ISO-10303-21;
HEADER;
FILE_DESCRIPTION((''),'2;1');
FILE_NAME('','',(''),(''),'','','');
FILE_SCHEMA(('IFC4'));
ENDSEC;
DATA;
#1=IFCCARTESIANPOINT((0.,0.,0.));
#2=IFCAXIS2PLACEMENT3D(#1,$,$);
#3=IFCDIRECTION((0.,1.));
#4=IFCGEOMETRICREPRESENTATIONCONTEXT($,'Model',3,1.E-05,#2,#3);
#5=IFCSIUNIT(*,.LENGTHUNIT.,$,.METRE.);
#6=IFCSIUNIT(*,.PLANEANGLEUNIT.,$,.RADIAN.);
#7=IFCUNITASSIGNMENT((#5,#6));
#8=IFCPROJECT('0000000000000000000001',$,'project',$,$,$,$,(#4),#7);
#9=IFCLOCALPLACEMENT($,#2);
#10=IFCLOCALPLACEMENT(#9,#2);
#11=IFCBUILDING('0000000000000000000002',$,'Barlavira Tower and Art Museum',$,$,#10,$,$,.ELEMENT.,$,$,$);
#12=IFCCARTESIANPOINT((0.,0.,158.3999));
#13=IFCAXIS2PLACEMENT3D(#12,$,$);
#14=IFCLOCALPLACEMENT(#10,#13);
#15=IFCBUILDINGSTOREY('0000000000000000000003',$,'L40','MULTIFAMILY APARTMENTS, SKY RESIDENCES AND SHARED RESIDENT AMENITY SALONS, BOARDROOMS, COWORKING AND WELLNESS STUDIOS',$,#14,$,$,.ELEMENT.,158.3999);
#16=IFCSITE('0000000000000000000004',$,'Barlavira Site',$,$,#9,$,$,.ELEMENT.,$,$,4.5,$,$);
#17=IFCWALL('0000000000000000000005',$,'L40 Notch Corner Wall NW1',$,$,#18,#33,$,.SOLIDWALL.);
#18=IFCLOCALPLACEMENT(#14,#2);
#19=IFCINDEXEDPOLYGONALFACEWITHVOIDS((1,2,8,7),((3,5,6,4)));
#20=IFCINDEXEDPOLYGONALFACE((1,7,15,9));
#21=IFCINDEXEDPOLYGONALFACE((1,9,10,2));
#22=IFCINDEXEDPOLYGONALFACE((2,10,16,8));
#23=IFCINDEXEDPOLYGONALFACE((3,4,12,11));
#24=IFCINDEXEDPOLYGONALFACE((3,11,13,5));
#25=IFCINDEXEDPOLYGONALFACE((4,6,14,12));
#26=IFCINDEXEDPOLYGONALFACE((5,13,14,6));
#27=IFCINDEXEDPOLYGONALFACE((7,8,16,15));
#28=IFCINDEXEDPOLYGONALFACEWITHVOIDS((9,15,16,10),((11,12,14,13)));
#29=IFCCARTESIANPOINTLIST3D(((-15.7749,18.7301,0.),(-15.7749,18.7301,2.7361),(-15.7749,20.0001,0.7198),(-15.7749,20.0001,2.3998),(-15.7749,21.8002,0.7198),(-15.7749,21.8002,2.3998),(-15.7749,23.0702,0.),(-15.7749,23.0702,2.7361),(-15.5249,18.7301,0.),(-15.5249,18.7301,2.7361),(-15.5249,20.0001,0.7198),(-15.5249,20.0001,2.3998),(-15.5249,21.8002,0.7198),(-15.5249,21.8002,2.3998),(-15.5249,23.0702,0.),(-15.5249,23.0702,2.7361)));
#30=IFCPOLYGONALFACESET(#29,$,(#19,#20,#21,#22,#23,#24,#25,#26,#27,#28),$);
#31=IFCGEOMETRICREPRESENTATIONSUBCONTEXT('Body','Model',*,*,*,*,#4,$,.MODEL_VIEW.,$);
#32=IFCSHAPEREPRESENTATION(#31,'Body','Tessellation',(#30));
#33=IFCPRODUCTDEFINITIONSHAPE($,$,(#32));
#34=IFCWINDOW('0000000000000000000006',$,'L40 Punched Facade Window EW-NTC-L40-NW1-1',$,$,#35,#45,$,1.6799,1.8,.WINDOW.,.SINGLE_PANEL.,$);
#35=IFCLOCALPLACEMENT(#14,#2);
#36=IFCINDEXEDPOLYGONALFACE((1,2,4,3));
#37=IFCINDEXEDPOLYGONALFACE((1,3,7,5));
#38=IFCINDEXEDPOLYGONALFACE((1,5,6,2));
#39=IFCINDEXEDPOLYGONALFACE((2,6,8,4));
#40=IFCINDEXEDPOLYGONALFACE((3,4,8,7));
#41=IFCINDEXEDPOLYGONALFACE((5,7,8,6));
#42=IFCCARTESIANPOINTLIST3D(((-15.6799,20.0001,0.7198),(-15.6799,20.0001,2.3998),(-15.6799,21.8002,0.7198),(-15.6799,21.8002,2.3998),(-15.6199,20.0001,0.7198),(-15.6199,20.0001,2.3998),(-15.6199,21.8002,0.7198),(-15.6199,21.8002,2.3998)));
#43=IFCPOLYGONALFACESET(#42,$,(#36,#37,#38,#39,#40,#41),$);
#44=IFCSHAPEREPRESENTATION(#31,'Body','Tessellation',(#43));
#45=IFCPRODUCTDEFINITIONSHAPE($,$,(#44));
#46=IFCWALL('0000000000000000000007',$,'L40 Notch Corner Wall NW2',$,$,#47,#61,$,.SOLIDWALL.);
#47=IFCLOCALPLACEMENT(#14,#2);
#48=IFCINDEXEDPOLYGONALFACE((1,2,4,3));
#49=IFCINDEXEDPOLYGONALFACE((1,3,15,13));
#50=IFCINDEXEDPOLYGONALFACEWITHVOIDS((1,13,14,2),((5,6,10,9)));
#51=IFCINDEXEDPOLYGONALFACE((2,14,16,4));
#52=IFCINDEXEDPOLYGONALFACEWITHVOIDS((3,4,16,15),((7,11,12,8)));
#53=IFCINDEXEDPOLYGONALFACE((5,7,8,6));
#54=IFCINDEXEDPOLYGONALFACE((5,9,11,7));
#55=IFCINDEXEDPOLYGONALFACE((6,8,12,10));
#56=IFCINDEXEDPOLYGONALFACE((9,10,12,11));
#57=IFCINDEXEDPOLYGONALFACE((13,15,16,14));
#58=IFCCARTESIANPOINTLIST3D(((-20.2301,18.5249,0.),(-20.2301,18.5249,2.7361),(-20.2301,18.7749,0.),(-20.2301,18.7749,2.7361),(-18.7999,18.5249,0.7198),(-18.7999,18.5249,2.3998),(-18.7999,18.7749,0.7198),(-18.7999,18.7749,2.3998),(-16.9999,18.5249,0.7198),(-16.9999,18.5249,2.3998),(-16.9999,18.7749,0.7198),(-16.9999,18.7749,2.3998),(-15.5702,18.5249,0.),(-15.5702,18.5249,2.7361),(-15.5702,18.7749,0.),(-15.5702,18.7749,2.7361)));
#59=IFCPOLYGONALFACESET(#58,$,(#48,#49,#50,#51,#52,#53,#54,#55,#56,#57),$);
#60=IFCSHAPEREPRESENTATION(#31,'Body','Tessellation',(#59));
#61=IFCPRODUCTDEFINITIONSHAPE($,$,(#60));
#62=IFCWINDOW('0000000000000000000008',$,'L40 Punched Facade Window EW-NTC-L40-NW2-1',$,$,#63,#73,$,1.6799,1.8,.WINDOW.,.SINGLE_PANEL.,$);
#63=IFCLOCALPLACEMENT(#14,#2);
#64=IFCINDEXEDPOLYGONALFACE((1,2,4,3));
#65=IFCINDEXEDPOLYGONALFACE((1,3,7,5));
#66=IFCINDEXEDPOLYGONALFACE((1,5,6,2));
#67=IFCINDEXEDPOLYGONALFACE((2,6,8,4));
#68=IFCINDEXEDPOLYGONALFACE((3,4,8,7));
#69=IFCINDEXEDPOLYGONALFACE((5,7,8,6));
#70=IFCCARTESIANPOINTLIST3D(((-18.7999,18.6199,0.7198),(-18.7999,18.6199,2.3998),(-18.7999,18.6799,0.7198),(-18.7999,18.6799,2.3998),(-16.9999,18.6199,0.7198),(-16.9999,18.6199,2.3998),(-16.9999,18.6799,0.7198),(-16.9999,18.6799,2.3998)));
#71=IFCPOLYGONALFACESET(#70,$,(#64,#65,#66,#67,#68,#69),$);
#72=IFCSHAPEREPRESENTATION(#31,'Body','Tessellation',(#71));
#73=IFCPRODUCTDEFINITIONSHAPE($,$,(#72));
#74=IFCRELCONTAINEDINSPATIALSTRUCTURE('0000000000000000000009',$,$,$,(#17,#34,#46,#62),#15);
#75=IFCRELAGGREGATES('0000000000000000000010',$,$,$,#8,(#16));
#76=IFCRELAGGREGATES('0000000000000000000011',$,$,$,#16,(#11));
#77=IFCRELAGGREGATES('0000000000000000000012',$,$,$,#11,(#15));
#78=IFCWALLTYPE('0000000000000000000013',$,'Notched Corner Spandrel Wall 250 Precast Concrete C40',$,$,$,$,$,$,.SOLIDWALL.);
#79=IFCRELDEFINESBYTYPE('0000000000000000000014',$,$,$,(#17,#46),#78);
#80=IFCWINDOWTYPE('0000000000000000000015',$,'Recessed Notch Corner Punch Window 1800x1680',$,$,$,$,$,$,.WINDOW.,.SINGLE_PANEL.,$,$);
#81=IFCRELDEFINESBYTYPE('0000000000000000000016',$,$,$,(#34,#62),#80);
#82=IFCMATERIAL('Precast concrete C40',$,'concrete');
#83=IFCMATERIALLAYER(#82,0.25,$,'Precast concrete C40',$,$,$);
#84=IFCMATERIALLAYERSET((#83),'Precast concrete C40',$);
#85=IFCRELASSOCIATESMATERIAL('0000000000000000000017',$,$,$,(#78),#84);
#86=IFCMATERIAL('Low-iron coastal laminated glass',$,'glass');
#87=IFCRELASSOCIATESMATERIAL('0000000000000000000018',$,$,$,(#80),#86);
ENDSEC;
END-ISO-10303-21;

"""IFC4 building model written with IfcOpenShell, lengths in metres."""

from ifc_helpers import new_model, si_unit, direction, frame, frame_2d, origin, place, context, subcontext, project, spatial, rectangle, extrude, material, layer, layer_set, type_object, element, fill, save


model = new_model("IFC4")

# Units and contexts
model_context = context("Model", 3, precision=1e-05, world=origin(), true_north=direction((0.0, 1.0)))
body_context = subcontext(model_context, "Body", "Model", "MODEL_VIEW")
ifc_project = project(units=[si_unit("LENGTHUNIT", "METRE"), si_unit("PLANEANGLEUNIT", "RADIAN")], contexts=[model_context])

# Site, building, storey
site_placement = place(None, origin())
site = spatial("IfcSite", under=ifc_project, at=site_placement, Name="Barlavira Site", CompositionType="ELEMENT", RefElevation=4.5)
building_placement = place(site_placement, origin())
building = spatial("IfcBuilding", under=site, at=building_placement, Name="Barlavira Tower and Art Museum", CompositionType="ELEMENT")
storey_placement = place(building_placement, frame((0.0, 0.0, 158.3999)))
storey = spatial("IfcBuildingStorey", under=building, at=storey_placement, Name="L40", Description="MULTIFAMILY APARTMENTS, SKY RESIDENCES AND SHARED RESIDENT AMENITY SALONS, BOARDROOMS, COWORKING AND WELLNESS STUDIOS", CompositionType="ELEMENT", Elevation=158.3999)

# Walls, openings, windows
ifc_material_1 = material(Name="Precast concrete C40", Category="concrete")
ifc_layer_1 = layer(ifc_material_1, 0.25, Name="Precast concrete C40")
ifc_layer_set_1 = layer_set([ifc_layer_1], Name="Precast concrete C40")
wall_type_1 = type_object("IfcWallType", Name="Notched Corner Spandrel Wall 250 Precast Concrete C40", PredefinedType="SOLIDWALL", material=ifc_layer_set_1)
ifc_material_2 = material(Name="Low-iron coastal laminated glass", Category="glass")
window_type = type_object("IfcWindowType", Name="Recessed Notch Corner Punch Window 1800x1680", PartitioningType="SINGLE_PANEL", PredefinedType="WINDOW", material=ifc_material_2)
wall_1_placement = place(storey_placement, frame((-15.6499, 23.0701, 0.0), z_axis=(0.0, 0.0, 1.0), x_axis=(0.0, -1.0, 0.0)))
wall_1 = element("IfcWall", 1, at=wall_1_placement, inside=storey, type_object=wall_type_1, Name="L40 Notch Corner Wall NW1", PredefinedType="SOLIDWALL", context=body_context, shape_type="SweptSolid", body=[
    extrude(rectangle(XDim=4.3401, YDim=0.25, at=frame_2d((2.1699, 0.0))), origin(), (0.0, 0.0, 1.0), 2.7361),
])
opening_1_placement = place(wall_1_placement, frame((1.27, 0.0, 0.72)))
opening_1 = element("IfcOpeningElement", 2, at=opening_1_placement, cuts=wall_1, PredefinedType="OPENING", context=body_context, shape_type="SweptSolid", body=[
    extrude(rectangle(XDim=1.8, YDim=1.6799, at=frame_2d((0.8999, 0.8398))), frame((0.0, 0.135, 0.0), z_axis=(0.0, -1.0, 0.0), x_axis=(1.0, 0.0, 0.0)), (0.0, 0.0, 1.0), 0.27),
])
window_1_placement = place(opening_1_placement, origin())
window_1 = element("IfcWindow", 3, at=window_1_placement, inside=storey, type_object=window_type, Name="L40 Punched Facade Window EW-NTC-L40-NW1-1", OverallHeight=1.6799, OverallWidth=1.8, PartitioningType="SINGLE_PANEL", PredefinedType="WINDOW", context=body_context, shape_type="SweptSolid", body=[
    extrude(rectangle(XDim=1.8, YDim=1.6799, at=frame_2d((0.8999, 0.8398))), frame((0.0, 0.03, 0.0), z_axis=(0.0, -1.0, 0.0), x_axis=(1.0, 0.0, 0.0)), (0.0, 0.0, 1.0), 0.0601),
])
fill(opening_1, window_1)
wall_2_placement = place(storey_placement, frame((-15.5701, 18.6499, 0.0), z_axis=(0.0, 0.0, 1.0), x_axis=(-1.0, 0.0, 0.0)))
wall_2 = element("IfcWall", 4, at=wall_2_placement, inside=storey, type_object=wall_type_1, Name="L40 Notch Corner Wall NW2", PredefinedType="SOLIDWALL", context=body_context, shape_type="SweptSolid", body=[
    extrude(rectangle(XDim=4.6599, YDim=0.25, at=frame_2d((2.3301, 0.0))), origin(), (0.0, 0.0, 1.0), 2.7361),
])
opening_2_placement = place(wall_2_placement, frame((1.4299, 0.0, 0.72)))
opening_2 = element("IfcOpeningElement", 5, at=opening_2_placement, cuts=wall_2, PredefinedType="OPENING", context=body_context, shape_type="SweptSolid", body=[
    extrude(rectangle(XDim=1.8, YDim=1.6799, at=frame_2d((0.8999, 0.8398))), frame((0.0, 0.135, 0.0), z_axis=(0.0, -1.0, 0.0), x_axis=(1.0, 0.0, 0.0)), (0.0, 0.0, 1.0), 0.27),
])
window_2_placement = place(opening_2_placement, origin())
window_2 = element("IfcWindow", 6, at=window_2_placement, inside=storey, type_object=window_type, Name="L40 Punched Facade Window EW-NTC-L40-NW2-1", OverallHeight=1.6799, OverallWidth=1.8, PartitioningType="SINGLE_PANEL", PredefinedType="WINDOW", context=body_context, shape_type="SweptSolid", body=[
    extrude(rectangle(XDim=1.8, YDim=1.6799, at=frame_2d((0.8999, 0.8398))), frame((0.0, 0.03, 0.0), z_axis=(0.0, -1.0, 0.0), x_axis=(1.0, 0.0, 0.0)), (0.0, 0.0, 1.0), 0.0601),
])
fill(opening_2, window_2)

save(model, "model.ifc")
